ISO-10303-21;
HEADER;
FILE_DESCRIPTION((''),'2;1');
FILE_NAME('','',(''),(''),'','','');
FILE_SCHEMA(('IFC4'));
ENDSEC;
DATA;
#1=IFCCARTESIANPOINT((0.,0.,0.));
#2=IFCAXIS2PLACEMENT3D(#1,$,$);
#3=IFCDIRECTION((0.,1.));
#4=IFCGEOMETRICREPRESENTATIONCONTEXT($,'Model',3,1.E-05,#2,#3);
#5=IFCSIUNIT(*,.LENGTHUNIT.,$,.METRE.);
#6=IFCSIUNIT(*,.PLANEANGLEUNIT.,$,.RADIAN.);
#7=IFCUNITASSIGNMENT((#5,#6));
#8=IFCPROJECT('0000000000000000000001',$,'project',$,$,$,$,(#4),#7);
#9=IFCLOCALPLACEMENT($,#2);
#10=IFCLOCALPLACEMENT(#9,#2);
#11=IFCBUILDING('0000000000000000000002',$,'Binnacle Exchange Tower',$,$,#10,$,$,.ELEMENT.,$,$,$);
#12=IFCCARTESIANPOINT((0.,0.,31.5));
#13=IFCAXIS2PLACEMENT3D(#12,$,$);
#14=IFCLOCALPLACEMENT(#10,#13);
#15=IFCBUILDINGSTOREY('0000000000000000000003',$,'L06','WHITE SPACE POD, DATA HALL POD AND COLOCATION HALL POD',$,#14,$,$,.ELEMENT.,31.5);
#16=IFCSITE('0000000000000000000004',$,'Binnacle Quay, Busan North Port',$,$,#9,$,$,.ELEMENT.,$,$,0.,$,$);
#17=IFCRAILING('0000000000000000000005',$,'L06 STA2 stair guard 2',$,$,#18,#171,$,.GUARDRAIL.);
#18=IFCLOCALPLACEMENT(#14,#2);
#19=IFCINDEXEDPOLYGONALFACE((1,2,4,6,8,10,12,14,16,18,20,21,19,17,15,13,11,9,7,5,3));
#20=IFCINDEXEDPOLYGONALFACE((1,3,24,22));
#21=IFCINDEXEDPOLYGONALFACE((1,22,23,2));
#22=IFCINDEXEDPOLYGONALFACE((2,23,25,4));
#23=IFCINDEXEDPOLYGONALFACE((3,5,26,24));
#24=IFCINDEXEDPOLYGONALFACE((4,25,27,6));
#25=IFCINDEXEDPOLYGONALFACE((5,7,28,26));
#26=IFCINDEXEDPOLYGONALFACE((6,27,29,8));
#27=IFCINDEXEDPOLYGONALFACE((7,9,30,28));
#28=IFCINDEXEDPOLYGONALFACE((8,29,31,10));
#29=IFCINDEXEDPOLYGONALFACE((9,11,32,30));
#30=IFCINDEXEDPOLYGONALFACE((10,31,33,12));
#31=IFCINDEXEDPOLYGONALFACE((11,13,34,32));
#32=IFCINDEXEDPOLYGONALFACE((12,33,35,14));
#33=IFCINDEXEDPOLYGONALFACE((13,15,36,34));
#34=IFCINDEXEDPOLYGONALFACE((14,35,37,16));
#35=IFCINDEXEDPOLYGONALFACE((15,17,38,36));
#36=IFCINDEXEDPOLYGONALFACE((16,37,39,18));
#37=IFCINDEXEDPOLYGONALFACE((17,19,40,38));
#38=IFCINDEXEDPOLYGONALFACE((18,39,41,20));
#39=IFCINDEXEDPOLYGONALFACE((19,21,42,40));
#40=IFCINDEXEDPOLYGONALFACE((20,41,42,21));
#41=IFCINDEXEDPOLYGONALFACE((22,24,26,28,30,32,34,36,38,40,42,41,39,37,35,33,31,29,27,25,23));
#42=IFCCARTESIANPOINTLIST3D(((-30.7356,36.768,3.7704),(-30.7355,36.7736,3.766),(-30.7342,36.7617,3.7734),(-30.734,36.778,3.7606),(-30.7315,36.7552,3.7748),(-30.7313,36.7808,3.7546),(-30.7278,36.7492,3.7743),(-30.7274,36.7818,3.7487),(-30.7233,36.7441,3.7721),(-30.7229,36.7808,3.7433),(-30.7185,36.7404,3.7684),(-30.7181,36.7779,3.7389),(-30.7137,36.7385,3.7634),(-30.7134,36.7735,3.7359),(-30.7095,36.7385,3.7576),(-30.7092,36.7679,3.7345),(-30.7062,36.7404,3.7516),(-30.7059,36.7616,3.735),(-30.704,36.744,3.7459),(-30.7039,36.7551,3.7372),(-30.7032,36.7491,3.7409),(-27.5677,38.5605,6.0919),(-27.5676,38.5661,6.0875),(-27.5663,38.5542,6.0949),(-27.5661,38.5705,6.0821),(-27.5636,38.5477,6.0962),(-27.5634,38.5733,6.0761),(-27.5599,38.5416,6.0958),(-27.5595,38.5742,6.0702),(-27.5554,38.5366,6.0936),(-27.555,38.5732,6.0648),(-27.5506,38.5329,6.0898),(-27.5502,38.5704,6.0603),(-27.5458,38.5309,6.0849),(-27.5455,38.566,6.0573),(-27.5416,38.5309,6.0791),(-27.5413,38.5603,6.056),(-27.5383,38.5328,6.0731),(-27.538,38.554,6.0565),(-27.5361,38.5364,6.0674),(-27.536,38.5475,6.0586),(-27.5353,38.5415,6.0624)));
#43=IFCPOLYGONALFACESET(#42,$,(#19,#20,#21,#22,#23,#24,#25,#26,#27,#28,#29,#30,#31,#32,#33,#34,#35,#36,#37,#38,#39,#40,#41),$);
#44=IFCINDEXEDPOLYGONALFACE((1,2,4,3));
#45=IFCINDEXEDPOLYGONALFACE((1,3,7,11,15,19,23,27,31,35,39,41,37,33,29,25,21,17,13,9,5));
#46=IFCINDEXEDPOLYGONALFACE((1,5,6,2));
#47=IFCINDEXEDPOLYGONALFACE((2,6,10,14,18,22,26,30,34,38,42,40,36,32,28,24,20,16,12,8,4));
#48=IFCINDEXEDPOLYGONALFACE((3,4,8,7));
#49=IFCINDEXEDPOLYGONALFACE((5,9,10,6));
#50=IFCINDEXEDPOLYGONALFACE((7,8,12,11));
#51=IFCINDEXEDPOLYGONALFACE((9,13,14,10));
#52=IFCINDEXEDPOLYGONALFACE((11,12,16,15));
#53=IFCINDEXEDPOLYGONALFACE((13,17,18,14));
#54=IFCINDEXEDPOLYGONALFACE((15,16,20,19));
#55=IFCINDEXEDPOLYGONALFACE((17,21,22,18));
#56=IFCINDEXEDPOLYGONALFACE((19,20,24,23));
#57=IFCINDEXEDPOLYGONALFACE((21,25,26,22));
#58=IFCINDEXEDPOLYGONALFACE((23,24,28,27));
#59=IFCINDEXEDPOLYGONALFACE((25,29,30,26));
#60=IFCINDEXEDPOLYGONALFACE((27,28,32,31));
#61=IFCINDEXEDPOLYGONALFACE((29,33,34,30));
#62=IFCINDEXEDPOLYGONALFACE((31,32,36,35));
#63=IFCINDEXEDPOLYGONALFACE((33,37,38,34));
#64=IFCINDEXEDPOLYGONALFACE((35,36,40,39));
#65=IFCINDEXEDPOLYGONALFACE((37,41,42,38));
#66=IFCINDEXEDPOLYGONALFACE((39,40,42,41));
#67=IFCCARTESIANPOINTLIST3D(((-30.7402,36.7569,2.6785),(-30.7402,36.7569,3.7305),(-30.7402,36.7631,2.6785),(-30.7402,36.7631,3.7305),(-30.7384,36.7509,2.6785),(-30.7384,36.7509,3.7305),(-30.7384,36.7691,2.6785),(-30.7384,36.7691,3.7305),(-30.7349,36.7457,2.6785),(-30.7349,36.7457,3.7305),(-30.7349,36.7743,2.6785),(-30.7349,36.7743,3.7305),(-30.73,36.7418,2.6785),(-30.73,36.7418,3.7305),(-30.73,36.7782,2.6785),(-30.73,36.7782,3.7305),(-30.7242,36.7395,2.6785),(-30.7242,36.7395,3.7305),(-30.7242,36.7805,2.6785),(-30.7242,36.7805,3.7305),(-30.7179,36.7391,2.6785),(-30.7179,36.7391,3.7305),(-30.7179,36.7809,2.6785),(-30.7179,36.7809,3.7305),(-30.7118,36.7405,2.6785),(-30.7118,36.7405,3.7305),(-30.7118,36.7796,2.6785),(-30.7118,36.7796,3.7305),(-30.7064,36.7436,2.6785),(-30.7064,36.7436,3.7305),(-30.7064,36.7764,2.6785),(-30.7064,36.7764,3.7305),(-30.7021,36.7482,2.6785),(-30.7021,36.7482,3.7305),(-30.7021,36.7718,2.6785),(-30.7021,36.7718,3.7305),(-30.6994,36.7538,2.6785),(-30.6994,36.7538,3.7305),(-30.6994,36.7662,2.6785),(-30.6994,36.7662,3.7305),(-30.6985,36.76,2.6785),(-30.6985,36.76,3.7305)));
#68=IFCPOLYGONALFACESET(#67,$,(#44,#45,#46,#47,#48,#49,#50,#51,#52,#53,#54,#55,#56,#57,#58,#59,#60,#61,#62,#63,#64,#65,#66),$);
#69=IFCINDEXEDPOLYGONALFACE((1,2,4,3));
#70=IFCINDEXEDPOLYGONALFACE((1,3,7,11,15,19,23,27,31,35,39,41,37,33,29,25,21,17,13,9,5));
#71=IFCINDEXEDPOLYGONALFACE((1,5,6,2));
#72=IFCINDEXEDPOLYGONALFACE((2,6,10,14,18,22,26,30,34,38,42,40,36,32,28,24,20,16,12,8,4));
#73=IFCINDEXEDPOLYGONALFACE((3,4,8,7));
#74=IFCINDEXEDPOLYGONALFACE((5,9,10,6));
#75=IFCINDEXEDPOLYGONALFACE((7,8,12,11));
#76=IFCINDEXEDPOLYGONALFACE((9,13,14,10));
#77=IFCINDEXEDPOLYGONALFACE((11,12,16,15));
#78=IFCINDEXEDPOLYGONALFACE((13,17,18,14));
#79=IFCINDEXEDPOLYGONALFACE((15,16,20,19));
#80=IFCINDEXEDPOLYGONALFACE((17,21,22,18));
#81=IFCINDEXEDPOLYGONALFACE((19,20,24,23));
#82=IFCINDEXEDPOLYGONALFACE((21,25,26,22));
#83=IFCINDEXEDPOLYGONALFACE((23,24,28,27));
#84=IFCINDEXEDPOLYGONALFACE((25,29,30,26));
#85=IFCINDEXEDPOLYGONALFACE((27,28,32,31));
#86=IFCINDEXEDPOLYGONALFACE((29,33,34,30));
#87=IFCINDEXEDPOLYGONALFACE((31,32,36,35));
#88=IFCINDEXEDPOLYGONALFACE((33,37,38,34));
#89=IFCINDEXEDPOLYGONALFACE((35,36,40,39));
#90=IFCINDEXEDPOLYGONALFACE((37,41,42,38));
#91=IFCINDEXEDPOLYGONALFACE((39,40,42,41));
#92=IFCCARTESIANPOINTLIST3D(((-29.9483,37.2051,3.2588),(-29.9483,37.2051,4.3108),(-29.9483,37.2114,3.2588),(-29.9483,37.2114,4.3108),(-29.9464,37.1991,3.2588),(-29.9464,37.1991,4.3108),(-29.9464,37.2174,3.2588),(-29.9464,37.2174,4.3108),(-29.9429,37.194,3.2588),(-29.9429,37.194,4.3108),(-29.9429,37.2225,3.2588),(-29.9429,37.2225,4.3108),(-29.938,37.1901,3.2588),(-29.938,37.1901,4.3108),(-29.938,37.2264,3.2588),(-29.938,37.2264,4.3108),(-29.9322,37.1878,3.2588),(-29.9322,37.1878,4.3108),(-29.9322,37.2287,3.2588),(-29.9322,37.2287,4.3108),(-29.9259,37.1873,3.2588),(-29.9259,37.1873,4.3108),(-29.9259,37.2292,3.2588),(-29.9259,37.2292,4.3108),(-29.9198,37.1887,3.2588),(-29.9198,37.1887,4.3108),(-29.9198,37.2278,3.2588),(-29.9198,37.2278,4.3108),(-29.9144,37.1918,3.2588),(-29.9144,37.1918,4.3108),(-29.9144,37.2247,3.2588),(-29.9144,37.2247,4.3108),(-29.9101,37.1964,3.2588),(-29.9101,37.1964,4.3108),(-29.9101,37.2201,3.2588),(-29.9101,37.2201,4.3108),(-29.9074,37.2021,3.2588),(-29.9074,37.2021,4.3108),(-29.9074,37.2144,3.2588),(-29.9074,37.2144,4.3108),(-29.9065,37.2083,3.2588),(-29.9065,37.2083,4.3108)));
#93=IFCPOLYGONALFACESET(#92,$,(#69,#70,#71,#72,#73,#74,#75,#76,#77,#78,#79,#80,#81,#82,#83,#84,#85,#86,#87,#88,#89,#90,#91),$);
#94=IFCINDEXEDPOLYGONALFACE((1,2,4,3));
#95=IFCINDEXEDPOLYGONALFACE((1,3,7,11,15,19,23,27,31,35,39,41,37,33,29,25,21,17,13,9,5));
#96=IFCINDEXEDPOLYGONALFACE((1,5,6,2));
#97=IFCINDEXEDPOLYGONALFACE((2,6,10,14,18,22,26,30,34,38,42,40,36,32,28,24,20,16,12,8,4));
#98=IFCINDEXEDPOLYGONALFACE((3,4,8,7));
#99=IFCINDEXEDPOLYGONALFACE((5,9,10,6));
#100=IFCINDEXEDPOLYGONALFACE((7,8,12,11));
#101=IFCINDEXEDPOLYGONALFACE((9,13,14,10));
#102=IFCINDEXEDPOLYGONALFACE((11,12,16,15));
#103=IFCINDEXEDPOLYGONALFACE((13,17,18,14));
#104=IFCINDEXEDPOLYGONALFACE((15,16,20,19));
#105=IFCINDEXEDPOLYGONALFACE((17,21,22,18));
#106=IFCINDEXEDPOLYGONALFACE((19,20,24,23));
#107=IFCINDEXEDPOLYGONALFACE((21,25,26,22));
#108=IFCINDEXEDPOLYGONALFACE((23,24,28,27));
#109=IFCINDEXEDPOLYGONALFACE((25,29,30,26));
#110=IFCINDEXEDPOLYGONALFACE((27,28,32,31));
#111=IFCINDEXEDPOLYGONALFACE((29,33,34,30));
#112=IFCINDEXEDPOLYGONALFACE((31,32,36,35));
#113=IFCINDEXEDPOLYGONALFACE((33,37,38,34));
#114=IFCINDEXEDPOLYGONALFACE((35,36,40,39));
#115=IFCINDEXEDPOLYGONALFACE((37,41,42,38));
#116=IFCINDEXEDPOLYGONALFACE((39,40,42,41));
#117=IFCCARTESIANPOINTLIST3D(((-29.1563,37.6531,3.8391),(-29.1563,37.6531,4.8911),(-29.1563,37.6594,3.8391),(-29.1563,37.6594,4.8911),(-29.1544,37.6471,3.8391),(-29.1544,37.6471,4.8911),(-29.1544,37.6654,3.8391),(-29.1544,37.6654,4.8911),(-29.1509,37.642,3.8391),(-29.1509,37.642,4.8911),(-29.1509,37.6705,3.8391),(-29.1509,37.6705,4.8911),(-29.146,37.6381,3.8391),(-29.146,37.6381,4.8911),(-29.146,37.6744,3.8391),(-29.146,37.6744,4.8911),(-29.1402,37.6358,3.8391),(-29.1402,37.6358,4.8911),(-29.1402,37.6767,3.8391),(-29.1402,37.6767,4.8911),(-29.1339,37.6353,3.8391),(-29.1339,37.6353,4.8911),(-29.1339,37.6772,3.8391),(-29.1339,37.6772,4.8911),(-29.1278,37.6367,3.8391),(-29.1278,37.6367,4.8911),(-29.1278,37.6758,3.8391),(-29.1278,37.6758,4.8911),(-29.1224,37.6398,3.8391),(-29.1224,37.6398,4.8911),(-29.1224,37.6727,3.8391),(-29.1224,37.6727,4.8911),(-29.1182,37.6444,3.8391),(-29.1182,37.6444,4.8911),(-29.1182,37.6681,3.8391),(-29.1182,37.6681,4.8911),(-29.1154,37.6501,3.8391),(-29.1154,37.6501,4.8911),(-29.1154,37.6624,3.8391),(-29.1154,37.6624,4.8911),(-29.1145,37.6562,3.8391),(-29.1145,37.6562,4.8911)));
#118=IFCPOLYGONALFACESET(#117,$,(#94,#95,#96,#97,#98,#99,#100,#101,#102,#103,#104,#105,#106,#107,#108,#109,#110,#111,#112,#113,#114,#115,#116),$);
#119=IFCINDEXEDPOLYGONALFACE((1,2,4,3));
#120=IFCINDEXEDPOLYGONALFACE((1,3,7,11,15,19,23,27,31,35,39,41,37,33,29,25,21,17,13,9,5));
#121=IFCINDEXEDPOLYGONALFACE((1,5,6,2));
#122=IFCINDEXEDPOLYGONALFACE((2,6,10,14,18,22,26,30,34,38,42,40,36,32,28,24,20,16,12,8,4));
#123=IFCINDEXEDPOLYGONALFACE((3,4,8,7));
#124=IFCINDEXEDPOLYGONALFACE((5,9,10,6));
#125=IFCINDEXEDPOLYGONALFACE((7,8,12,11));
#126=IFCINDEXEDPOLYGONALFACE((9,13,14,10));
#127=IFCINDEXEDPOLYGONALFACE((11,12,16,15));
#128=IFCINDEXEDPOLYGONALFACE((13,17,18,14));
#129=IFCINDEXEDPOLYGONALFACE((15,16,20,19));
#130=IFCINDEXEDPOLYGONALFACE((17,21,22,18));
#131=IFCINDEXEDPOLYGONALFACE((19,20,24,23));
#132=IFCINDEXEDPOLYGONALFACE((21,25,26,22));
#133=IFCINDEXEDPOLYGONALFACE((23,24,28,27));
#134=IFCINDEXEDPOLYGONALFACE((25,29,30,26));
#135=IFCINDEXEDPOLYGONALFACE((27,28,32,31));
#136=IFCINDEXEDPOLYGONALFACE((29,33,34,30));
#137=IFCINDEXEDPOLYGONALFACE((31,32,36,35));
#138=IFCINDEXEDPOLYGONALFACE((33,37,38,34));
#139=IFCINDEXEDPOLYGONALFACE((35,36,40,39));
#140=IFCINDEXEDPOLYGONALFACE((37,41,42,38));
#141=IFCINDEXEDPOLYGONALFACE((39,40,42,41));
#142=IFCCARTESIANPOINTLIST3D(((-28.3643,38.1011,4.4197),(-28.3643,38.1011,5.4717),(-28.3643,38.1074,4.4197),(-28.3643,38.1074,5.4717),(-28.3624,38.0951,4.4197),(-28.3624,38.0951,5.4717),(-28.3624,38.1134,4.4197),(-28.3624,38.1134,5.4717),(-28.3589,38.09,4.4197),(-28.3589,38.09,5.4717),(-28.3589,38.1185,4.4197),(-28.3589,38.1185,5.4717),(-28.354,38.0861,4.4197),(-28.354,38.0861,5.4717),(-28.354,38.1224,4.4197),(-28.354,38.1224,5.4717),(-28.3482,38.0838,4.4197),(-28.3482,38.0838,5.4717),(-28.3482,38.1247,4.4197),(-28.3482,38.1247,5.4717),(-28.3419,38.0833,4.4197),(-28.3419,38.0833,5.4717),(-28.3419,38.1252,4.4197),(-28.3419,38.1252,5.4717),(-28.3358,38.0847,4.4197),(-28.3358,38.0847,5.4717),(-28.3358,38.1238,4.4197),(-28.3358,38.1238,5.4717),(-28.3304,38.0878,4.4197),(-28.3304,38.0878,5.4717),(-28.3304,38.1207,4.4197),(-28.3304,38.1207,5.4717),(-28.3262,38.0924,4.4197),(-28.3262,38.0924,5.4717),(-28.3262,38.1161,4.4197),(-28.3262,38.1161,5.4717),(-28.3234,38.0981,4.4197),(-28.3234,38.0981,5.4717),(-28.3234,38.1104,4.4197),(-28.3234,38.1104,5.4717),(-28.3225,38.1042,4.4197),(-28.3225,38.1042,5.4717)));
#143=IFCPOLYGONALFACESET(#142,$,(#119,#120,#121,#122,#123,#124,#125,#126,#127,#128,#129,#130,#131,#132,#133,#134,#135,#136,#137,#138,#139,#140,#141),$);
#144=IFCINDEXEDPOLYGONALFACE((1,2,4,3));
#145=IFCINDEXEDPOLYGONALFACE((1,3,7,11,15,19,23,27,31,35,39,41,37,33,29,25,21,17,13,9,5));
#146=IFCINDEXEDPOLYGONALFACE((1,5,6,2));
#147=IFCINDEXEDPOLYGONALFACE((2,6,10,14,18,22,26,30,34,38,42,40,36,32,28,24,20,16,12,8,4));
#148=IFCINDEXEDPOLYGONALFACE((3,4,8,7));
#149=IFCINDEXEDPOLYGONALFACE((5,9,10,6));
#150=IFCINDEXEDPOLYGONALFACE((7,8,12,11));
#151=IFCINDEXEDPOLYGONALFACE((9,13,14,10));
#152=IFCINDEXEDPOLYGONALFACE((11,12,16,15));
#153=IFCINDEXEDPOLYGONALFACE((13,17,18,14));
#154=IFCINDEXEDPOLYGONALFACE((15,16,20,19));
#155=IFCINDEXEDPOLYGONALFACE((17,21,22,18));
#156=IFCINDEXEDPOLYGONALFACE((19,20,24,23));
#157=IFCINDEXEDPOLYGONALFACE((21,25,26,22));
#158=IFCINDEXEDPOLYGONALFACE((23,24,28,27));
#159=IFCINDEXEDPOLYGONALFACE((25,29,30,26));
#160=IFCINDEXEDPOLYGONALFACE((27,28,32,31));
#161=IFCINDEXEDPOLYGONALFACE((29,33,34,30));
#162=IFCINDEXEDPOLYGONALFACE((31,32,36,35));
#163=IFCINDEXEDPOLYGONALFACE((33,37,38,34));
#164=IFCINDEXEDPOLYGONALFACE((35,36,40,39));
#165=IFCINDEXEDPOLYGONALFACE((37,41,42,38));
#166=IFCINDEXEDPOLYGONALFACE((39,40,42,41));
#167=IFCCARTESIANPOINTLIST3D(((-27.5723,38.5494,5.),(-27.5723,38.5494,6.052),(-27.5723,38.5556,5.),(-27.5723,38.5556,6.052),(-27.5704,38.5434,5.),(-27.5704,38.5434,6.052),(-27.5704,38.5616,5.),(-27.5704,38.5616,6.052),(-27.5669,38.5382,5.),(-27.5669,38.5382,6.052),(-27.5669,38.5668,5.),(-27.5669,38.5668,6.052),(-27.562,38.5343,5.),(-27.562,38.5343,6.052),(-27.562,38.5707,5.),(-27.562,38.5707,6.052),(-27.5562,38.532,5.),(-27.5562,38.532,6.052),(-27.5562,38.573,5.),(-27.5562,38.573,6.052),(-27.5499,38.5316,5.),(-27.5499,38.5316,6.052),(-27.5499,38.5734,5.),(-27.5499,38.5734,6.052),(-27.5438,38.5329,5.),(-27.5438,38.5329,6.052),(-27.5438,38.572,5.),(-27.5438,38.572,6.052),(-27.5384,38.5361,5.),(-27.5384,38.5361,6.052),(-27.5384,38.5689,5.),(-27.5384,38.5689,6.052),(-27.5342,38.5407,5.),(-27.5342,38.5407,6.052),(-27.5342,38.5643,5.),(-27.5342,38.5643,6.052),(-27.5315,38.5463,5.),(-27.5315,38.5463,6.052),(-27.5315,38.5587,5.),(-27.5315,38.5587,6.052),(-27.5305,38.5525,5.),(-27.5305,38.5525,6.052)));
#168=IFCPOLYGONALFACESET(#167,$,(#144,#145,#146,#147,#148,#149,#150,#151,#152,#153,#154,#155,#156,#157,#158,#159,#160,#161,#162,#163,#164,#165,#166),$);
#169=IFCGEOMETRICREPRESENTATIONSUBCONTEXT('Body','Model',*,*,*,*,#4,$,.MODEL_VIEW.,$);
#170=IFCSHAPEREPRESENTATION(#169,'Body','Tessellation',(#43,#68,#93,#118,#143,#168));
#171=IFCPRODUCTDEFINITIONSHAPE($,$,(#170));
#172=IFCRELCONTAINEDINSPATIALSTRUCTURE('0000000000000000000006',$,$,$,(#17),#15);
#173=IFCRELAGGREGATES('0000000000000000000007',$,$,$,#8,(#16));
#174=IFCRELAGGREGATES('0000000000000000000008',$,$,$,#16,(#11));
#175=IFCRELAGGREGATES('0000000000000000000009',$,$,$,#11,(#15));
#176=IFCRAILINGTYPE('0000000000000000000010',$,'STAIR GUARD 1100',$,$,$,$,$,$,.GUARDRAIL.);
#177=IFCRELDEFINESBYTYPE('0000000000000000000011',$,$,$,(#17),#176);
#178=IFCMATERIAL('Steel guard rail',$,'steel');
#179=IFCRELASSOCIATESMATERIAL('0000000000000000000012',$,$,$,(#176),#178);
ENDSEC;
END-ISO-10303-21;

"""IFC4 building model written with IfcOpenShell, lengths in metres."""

from ifc_helpers import new_model, si_unit, direction, frame, origin, origin_2d, place, context, subcontext, project, spatial, circle, extrude, material, type_object, element, save


model = new_model("IFC4")

# Units and contexts
model_context = context("Model", 3, precision=1e-05, world=origin(), true_north=direction((0.0, 1.0)))
body_context = subcontext(model_context, "Body", "Model", "MODEL_VIEW")
ifc_project = project(units=[si_unit("LENGTHUNIT", "METRE"), si_unit("PLANEANGLEUNIT", "RADIAN")], contexts=[model_context])

# Site, building, storey
site_placement = place(None, origin())
site = spatial("IfcSite", under=ifc_project, at=site_placement, Name="Binnacle Quay, Busan North Port", CompositionType="ELEMENT", RefElevation=0.0)
building_placement = place(site_placement, origin())
building = spatial("IfcBuilding", under=site, at=building_placement, Name="Binnacle Exchange Tower", CompositionType="ELEMENT")
storey_placement = place(building_placement, frame((0.0, 0.0, 31.5)))
storey = spatial("IfcBuildingStorey", under=building, at=storey_placement, Name="L06", Description="WHITE SPACE POD, DATA HALL POD AND COLOCATION HALL POD", CompositionType="ELEMENT", Elevation=31.5)

# Railing
ifc_material_1 = material(Name="Steel guard rail", Category="steel")
railing_type = type_object("IfcRailingType", Name="STAIR GUARD 1100", PredefinedType="GUARDRAIL", material=ifc_material_1)
railing_placement = place(storey_placement, frame((-30.7195, 36.76, 2.6785)))
element("IfcRailing", 1, at=railing_placement, inside=storey, type_object=railing_type, Name="L06 STA2 stair guard 2", PredefinedType="GUARDRAIL", context=body_context, shape_type="SweptSolid", body=[
    extrude(circle(Radius=0.0239, at=origin_2d()), frame((0.0, 0.0, 1.0762), z_axis=(0.733796, 0.415192, 0.537736), x_axis=(-0.492451, 0.87034, 0.0)), (0.0, 0.0, 1.0), 4.3171),
    extrude(circle(Radius=0.021, at=origin_2d()), origin(), (0.0, 0.0, 1.0), 1.052),
    extrude(circle(Radius=0.021, at=origin_2d()), frame((0.792, 0.4482, 0.5803)), (0.0, 0.0, 1.0), 1.052),
    extrude(circle(Radius=0.021, at=origin_2d()), frame((1.584, 0.8962, 1.1606)), (0.0, 0.0, 1.0), 1.052),
    extrude(circle(Radius=0.021, at=origin_2d()), frame((2.376, 1.3442, 1.7412)), (0.0, 0.0, 1.0), 1.052),
    extrude(circle(Radius=0.021, at=origin_2d()), frame((3.168, 1.7925, 2.3215)), (0.0, 0.0, 1.0), 1.052),
])

save(model, "model.ifc")
